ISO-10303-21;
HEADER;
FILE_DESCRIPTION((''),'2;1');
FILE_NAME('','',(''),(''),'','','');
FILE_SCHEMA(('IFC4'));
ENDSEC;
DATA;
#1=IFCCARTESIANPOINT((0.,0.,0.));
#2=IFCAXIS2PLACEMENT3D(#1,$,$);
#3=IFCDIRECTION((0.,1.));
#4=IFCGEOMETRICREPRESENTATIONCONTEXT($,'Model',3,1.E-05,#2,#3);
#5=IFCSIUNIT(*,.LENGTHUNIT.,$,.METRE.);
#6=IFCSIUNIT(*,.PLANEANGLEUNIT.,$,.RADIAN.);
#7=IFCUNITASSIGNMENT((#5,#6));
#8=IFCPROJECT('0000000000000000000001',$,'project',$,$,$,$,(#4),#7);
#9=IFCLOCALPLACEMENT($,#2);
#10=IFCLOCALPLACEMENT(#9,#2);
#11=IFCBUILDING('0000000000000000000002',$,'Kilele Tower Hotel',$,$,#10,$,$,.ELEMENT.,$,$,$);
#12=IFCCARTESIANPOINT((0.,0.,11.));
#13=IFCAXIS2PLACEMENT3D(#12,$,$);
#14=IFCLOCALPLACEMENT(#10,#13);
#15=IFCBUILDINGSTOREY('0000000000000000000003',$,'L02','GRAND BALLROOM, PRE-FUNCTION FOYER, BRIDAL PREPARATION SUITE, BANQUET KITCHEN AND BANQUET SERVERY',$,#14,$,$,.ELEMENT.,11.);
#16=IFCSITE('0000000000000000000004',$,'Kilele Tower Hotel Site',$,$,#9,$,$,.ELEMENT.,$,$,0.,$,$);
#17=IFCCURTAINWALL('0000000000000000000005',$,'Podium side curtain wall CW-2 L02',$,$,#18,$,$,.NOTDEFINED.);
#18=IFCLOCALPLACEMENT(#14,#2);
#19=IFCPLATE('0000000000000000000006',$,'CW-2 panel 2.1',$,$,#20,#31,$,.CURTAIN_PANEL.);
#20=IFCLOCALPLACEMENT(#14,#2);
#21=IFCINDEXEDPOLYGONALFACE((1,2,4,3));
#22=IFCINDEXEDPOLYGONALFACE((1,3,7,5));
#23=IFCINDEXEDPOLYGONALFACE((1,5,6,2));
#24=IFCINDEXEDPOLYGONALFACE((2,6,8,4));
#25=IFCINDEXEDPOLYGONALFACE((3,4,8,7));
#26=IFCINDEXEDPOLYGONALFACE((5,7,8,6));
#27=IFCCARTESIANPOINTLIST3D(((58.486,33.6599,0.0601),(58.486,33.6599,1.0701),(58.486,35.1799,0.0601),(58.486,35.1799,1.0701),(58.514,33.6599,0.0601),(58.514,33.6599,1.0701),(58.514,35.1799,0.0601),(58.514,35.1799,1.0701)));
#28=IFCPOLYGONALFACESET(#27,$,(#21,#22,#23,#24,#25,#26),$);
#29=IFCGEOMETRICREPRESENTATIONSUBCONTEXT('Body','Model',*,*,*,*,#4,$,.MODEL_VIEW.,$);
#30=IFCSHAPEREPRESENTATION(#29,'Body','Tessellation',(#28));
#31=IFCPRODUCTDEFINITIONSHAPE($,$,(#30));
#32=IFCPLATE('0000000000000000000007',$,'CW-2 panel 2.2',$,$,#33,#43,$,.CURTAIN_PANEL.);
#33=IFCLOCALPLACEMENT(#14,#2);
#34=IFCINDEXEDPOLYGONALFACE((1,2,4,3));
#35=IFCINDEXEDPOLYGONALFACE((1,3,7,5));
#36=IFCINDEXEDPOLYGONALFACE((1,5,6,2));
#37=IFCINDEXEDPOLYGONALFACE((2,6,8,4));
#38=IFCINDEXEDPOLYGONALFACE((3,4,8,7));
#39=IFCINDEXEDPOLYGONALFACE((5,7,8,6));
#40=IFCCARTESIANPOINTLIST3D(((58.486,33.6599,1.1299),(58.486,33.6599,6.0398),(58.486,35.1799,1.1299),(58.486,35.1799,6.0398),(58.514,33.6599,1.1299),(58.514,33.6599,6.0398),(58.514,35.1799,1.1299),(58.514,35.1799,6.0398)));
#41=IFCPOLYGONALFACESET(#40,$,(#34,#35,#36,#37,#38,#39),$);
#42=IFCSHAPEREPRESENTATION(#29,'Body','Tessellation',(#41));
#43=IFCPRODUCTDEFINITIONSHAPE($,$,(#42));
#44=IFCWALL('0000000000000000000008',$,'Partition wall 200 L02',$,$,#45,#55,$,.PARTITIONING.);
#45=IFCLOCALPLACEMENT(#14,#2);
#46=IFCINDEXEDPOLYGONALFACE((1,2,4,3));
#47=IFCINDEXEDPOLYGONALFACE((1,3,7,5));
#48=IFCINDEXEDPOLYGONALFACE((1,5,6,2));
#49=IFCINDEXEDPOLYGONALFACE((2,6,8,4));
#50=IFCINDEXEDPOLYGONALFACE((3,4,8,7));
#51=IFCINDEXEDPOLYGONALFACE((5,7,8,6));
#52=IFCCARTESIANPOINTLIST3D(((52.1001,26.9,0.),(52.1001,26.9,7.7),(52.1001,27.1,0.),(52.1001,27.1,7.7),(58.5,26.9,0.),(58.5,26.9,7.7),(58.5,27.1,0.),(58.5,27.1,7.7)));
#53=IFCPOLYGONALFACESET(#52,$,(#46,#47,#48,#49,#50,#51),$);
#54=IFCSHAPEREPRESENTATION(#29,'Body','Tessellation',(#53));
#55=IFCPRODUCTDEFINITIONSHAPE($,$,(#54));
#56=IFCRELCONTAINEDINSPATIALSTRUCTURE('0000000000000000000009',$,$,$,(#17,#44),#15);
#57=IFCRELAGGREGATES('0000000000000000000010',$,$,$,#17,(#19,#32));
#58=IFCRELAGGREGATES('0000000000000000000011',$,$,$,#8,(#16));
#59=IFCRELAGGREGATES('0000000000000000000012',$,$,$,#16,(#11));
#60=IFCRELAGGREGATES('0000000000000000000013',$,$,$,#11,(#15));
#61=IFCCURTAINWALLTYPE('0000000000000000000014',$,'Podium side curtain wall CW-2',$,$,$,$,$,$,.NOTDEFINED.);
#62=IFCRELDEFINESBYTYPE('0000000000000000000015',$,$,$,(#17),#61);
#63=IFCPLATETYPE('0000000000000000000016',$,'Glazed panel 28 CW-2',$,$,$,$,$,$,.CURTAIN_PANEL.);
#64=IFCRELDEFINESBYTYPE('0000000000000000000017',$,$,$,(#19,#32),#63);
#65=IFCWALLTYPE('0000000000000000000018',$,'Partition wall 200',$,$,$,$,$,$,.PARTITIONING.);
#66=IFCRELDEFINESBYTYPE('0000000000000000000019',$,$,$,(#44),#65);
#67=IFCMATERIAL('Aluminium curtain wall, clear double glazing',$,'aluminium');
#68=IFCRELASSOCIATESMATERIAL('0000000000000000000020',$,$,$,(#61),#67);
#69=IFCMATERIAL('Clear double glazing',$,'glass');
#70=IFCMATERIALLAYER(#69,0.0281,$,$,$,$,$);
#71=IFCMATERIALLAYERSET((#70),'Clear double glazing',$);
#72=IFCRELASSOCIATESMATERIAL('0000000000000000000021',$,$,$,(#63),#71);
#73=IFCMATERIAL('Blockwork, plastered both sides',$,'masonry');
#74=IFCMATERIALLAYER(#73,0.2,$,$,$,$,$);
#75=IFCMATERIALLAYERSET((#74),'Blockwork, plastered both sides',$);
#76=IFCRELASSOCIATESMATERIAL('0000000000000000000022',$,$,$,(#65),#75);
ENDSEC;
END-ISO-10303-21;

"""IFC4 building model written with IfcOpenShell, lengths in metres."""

from ifc_helpers import new_model, si_unit, direction, frame, frame_2d, origin, origin_2d, place, context, subcontext, project, spatial, rectangle, extrude, material, layer, layer_set, type_object, element, aggregate, save


model = new_model("IFC4")

# Units and contexts
model_context = context("Model", 3, precision=1e-05, world=origin(), true_north=direction((0.0, 1.0)))
body_context = subcontext(model_context, "Body", "Model", "MODEL_VIEW")
ifc_project = project(units=[si_unit("LENGTHUNIT", "METRE"), si_unit("PLANEANGLEUNIT", "RADIAN")], contexts=[model_context])

# Site, building, storey
site_placement = place(None, origin())
site = spatial("IfcSite", under=ifc_project, at=site_placement, Name="Kilele Tower Hotel Site", CompositionType="ELEMENT", RefElevation=0.0)
building_placement = place(site_placement, origin())
building = spatial("IfcBuilding", under=site, at=building_placement, Name="Kilele Tower Hotel", CompositionType="ELEMENT")
storey_placement = place(building_placement, frame((0.0, 0.0, 11.0)))
storey = spatial("IfcBuildingStorey", under=building, at=storey_placement, Name="L02", Description="GRAND BALLROOM, PRE-FUNCTION FOYER, BRIDAL PREPARATION SUITE, BANQUET KITCHEN AND BANQUET SERVERY", CompositionType="ELEMENT", Elevation=11.0)

# Curtain wall
ifc_material_1 = material(Name="Aluminium curtain wall, clear double glazing", Category="aluminium")
curtain_wall_type = type_object("IfcCurtainWallType", Name="Podium side curtain wall CW-2", PredefinedType="NOTDEFINED", material=ifc_material_1)
curtain_wall_1_placement = place(storey_placement, origin())
curtain_wall_1 = element("IfcCurtainWall", 1, at=curtain_wall_1_placement, inside=storey, type_object=curtain_wall_type, Name="Podium side curtain wall CW-2 L02", PredefinedType="NOTDEFINED")

# Plates
ifc_material_2 = material(Name="Clear double glazing", Category="glass")
ifc_layer_1 = layer(ifc_material_2, 0.0281)
ifc_layer_set_1 = layer_set([ifc_layer_1], Name="Clear double glazing")
plate_type = type_object("IfcPlateType", Name="Glazed panel 28 CW-2", PredefinedType="CURTAIN_PANEL", material=ifc_layer_set_1)
plate_1_placement = place(storey_placement, frame((58.5, 34.4199, 0.0601), z_axis=(0.0, 0.0, 1.0), x_axis=(0.0, 1.0, 0.0)))
plate_1 = element("IfcPlate", 2, at=plate_1_placement, type_object=plate_type, Name="CW-2 panel 2.1", PredefinedType="CURTAIN_PANEL", context=body_context, shape_type="SweptSolid", body=[
    extrude(rectangle(XDim=1.52, YDim=0.0281, at=origin_2d()), origin(), (0.0, 0.0, 1.0), 1.01),
])
plate_2_placement = place(storey_placement, frame((58.5, 34.4199, 1.1299), z_axis=(0.0, 0.0, 1.0), x_axis=(0.0, 1.0, 0.0)))
plate_2 = element("IfcPlate", 3, at=plate_2_placement, type_object=plate_type, Name="CW-2 panel 2.2", PredefinedType="CURTAIN_PANEL", context=body_context, shape_type="SweptSolid", body=[
    extrude(rectangle(XDim=1.52, YDim=0.0281, at=origin_2d()), origin(), (0.0, 0.0, 1.0), 4.9099),
])
aggregate(curtain_wall_1, [plate_1, plate_2])

# Wall
ifc_material_3 = material(Name="Blockwork, plastered both sides", Category="masonry")
ifc_layer_2 = layer(ifc_material_3, 0.2)
ifc_layer_set_2 = layer_set([ifc_layer_2], Name="Blockwork, plastered both sides")
wall_type = type_object("IfcWallType", Name="Partition wall 200", PredefinedType="PARTITIONING", material=ifc_layer_set_2)
wall_placement = place(storey_placement, frame((52.1001, 27.0, 0.0), z_axis=(0.0, 0.0, 1.0), x_axis=(1.0, 0.0, 0.0)))
element("IfcWall", 4, at=wall_placement, inside=storey, type_object=wall_type, Name="Partition wall 200 L02", PredefinedType="PARTITIONING", context=body_context, shape_type="SweptSolid", body=[
    extrude(rectangle(XDim=6.3999, YDim=0.2, at=frame_2d((3.2, 0.0))), origin(), (0.0, 0.0, 1.0), 7.7),
])

save(model, "model.ifc")
